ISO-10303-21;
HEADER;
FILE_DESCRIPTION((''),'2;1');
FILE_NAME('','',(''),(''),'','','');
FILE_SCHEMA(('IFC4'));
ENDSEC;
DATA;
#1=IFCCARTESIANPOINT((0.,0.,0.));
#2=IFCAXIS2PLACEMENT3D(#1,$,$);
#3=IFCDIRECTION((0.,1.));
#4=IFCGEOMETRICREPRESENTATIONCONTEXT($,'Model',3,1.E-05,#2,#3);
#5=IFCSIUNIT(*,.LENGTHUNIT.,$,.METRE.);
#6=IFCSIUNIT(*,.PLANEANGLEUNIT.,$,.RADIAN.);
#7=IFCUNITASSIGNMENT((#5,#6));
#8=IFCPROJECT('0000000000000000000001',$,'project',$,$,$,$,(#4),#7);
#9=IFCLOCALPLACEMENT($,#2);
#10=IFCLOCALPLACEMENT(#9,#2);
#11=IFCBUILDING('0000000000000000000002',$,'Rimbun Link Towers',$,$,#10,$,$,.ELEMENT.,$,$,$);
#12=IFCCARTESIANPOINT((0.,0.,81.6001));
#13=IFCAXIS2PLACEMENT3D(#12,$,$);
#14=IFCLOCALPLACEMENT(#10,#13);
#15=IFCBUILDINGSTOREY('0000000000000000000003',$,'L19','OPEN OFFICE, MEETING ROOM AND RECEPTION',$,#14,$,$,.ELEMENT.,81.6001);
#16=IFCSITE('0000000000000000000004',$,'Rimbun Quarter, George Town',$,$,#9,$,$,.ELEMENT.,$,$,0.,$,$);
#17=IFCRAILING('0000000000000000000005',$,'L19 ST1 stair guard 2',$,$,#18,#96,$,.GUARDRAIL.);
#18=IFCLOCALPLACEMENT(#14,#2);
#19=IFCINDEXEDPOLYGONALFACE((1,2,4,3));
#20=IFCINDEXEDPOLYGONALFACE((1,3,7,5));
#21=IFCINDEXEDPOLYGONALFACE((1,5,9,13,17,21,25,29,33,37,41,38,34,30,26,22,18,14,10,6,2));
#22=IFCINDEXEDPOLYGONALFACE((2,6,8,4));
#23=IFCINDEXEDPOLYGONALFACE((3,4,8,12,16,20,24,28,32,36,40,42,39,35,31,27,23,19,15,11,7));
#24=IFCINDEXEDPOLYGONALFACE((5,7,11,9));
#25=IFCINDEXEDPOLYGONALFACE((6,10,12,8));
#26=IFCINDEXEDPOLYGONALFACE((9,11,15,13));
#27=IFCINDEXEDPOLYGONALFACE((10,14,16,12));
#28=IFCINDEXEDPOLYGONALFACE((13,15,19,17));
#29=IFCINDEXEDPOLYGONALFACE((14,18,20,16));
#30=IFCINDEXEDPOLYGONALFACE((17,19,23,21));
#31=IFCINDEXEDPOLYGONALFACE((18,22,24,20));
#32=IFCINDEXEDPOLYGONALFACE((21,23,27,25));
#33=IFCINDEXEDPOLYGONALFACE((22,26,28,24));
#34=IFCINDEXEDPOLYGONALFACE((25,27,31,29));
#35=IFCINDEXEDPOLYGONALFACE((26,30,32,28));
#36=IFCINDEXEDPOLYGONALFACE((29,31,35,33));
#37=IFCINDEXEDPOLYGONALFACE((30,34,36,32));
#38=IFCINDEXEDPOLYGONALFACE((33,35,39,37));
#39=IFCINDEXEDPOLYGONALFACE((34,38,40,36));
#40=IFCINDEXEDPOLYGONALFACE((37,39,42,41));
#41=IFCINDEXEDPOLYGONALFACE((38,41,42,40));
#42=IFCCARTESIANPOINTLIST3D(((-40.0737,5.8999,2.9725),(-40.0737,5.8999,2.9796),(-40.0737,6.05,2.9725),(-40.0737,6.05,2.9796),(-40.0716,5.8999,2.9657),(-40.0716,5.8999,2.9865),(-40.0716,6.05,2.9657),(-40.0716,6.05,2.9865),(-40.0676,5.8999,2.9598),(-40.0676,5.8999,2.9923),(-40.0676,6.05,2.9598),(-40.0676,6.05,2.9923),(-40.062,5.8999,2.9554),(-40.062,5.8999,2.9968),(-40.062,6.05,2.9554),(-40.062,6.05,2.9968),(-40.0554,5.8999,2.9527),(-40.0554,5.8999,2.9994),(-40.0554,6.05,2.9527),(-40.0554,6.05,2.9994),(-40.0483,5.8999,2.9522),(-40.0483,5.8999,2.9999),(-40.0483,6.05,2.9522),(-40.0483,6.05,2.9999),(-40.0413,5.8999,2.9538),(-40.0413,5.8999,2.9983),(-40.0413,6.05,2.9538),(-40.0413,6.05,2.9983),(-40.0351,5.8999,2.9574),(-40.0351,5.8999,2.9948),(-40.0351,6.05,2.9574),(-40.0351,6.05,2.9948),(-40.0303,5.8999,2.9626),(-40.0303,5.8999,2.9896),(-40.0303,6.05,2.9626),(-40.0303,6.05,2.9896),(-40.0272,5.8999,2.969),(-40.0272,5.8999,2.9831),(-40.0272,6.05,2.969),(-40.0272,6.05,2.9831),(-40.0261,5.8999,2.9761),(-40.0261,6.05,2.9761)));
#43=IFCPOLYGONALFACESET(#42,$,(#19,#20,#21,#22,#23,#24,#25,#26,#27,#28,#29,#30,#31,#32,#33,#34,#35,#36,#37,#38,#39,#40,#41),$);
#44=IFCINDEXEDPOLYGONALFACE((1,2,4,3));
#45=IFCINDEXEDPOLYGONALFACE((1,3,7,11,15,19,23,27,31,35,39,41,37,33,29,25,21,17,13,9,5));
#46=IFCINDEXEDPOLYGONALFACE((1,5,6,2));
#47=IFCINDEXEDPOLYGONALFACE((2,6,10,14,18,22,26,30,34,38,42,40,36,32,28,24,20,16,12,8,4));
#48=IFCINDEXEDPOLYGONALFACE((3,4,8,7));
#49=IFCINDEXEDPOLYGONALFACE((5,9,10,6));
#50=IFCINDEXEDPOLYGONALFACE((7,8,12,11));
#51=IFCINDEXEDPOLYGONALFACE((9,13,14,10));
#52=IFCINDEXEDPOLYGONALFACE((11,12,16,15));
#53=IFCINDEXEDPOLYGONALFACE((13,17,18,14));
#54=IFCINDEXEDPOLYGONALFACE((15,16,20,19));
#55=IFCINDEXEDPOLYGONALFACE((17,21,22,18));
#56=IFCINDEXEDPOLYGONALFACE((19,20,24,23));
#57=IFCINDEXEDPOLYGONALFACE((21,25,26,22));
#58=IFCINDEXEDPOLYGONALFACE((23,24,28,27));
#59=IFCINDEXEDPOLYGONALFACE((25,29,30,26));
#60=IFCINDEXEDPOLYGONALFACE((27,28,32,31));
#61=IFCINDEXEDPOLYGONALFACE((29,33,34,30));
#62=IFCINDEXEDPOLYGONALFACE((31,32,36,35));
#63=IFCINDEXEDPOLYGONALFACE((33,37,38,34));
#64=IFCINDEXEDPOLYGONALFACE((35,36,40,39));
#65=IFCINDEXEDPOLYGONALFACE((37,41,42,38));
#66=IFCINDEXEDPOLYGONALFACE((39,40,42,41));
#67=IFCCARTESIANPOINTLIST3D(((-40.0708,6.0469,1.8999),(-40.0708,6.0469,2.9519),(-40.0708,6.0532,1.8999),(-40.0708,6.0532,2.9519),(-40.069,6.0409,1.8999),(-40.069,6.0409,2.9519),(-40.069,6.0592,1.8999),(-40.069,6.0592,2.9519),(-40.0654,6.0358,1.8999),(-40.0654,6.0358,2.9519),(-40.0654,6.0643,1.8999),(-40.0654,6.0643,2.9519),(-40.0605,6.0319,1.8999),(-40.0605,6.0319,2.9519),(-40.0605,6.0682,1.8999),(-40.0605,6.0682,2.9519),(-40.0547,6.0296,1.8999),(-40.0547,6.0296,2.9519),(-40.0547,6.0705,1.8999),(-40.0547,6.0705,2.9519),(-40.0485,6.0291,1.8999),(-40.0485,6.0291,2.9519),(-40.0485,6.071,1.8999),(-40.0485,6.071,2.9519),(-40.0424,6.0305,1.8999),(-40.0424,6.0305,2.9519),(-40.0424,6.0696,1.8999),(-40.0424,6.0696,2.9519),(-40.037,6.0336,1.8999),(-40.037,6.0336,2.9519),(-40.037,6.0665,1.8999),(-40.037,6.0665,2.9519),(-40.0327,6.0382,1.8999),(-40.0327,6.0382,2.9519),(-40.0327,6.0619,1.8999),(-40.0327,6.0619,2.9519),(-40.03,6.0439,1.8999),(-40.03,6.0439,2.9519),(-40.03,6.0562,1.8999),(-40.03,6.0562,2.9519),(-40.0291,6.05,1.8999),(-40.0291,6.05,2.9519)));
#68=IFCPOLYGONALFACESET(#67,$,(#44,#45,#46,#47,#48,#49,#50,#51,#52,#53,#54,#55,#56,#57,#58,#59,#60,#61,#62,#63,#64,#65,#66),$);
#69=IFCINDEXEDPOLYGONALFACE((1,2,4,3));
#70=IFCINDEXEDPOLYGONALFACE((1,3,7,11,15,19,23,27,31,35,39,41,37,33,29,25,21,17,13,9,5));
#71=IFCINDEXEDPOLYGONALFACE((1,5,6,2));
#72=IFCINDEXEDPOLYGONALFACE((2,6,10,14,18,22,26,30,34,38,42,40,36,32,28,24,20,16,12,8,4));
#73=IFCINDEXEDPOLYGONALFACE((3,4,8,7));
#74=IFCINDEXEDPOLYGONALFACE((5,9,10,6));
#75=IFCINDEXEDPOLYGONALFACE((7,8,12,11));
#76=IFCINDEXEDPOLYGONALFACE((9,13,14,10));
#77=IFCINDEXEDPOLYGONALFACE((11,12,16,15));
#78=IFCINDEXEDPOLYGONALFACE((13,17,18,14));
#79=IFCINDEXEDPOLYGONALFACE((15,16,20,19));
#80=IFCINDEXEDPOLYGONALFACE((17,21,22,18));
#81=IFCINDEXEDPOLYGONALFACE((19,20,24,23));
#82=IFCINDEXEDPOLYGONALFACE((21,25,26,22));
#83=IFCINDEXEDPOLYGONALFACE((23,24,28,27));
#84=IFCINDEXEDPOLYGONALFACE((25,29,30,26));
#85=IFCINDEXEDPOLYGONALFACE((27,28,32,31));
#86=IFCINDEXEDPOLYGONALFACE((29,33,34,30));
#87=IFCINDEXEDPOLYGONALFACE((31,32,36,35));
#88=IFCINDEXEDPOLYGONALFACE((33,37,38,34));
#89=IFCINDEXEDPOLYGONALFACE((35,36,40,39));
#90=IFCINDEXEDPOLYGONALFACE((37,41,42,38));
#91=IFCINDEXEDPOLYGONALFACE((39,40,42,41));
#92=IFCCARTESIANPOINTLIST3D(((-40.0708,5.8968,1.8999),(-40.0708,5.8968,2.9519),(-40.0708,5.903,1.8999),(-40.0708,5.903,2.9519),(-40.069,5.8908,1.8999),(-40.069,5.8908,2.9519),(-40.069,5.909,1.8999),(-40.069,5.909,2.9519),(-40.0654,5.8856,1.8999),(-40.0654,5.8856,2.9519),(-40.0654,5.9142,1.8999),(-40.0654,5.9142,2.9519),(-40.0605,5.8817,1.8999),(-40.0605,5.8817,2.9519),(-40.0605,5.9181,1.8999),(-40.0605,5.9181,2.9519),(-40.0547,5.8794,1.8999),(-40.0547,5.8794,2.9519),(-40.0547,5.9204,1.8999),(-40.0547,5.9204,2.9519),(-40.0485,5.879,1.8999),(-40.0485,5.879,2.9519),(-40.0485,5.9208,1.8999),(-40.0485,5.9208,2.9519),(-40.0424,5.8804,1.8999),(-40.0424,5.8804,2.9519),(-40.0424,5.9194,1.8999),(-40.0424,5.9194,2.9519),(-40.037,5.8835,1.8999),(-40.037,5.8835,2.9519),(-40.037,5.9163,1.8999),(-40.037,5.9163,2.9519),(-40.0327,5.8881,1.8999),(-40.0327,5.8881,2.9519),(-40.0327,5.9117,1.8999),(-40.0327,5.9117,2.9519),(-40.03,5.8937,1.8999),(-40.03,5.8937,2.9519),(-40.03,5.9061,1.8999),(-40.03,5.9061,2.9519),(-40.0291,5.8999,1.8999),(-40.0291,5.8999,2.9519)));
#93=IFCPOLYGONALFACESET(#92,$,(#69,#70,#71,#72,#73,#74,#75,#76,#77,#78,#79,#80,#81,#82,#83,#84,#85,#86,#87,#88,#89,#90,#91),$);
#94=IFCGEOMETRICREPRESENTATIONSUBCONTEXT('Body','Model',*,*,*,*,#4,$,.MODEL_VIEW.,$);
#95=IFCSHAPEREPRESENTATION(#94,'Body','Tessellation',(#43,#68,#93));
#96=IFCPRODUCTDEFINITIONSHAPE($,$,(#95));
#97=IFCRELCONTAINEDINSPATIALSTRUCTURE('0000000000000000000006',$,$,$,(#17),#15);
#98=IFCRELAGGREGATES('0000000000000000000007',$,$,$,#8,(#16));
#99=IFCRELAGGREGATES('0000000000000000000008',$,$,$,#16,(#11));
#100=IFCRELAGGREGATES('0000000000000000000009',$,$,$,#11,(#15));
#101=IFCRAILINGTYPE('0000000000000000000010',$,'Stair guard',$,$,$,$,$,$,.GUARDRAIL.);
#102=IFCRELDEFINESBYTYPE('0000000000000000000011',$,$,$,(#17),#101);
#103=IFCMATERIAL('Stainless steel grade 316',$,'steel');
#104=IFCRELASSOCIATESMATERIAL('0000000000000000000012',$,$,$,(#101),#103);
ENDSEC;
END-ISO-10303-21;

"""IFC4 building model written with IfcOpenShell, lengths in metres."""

from ifc_helpers import new_model, si_unit, direction, frame, origin, origin_2d, place, context, subcontext, project, spatial, circle, extrude, material, type_object, element, save


model = new_model("IFC4")

# Units and contexts
model_context = context("Model", 3, precision=1e-05, world=origin(), true_north=direction((0.0, 1.0)))
body_context = subcontext(model_context, "Body", "Model", "MODEL_VIEW")
ifc_project = project(units=[si_unit("LENGTHUNIT", "METRE"), si_unit("PLANEANGLEUNIT", "RADIAN")], contexts=[model_context])

# Site, building, storey
site_placement = place(None, origin())
site = spatial("IfcSite", under=ifc_project, at=site_placement, Name="Rimbun Quarter, George Town", CompositionType="ELEMENT", RefElevation=0.0)
building_placement = place(site_placement, origin())
building = spatial("IfcBuilding", under=site, at=building_placement, Name="Rimbun Link Towers", CompositionType="ELEMENT")
storey_placement = place(building_placement, frame((0.0, 0.0, 81.6001)))
storey = spatial("IfcBuildingStorey", under=building, at=storey_placement, Name="L19", Description="OPEN OFFICE, MEETING ROOM AND RECEPTION", CompositionType="ELEMENT", Elevation=81.6001)

# Railing
ifc_material_1 = material(Name="Stainless steel grade 316", Category="steel")
railing_type_1 = type_object("IfcRailingType", Name="Stair guard", PredefinedType="GUARDRAIL", material=ifc_material_1)
railing_1_placement = place(storey_placement, frame((-40.05, 6.05, 1.8999)))
element("IfcRailing", 1, at=railing_1_placement, inside=storey, type_object=railing_type_1, Name="L19 ST1 stair guard 2", PredefinedType="GUARDRAIL", context=body_context, shape_type="SweptSolid", body=[
    extrude(circle(Radius=0.0239, at=origin_2d()), frame((0.0, 0.0, 1.0762), z_axis=(0.0, -1.0, 0.0), x_axis=(1.0, 0.0, 0.0)), (0.0, 0.0, 1.0), 0.1501),
    extrude(circle(Radius=0.021, at=origin_2d()), origin(), (0.0, 0.0, 1.0), 1.052),
    extrude(circle(Radius=0.021, at=origin_2d()), frame((0.0, -0.1501, 0.0)), (0.0, 0.0, 1.0), 1.052),
])

save(model, "model.ifc")
